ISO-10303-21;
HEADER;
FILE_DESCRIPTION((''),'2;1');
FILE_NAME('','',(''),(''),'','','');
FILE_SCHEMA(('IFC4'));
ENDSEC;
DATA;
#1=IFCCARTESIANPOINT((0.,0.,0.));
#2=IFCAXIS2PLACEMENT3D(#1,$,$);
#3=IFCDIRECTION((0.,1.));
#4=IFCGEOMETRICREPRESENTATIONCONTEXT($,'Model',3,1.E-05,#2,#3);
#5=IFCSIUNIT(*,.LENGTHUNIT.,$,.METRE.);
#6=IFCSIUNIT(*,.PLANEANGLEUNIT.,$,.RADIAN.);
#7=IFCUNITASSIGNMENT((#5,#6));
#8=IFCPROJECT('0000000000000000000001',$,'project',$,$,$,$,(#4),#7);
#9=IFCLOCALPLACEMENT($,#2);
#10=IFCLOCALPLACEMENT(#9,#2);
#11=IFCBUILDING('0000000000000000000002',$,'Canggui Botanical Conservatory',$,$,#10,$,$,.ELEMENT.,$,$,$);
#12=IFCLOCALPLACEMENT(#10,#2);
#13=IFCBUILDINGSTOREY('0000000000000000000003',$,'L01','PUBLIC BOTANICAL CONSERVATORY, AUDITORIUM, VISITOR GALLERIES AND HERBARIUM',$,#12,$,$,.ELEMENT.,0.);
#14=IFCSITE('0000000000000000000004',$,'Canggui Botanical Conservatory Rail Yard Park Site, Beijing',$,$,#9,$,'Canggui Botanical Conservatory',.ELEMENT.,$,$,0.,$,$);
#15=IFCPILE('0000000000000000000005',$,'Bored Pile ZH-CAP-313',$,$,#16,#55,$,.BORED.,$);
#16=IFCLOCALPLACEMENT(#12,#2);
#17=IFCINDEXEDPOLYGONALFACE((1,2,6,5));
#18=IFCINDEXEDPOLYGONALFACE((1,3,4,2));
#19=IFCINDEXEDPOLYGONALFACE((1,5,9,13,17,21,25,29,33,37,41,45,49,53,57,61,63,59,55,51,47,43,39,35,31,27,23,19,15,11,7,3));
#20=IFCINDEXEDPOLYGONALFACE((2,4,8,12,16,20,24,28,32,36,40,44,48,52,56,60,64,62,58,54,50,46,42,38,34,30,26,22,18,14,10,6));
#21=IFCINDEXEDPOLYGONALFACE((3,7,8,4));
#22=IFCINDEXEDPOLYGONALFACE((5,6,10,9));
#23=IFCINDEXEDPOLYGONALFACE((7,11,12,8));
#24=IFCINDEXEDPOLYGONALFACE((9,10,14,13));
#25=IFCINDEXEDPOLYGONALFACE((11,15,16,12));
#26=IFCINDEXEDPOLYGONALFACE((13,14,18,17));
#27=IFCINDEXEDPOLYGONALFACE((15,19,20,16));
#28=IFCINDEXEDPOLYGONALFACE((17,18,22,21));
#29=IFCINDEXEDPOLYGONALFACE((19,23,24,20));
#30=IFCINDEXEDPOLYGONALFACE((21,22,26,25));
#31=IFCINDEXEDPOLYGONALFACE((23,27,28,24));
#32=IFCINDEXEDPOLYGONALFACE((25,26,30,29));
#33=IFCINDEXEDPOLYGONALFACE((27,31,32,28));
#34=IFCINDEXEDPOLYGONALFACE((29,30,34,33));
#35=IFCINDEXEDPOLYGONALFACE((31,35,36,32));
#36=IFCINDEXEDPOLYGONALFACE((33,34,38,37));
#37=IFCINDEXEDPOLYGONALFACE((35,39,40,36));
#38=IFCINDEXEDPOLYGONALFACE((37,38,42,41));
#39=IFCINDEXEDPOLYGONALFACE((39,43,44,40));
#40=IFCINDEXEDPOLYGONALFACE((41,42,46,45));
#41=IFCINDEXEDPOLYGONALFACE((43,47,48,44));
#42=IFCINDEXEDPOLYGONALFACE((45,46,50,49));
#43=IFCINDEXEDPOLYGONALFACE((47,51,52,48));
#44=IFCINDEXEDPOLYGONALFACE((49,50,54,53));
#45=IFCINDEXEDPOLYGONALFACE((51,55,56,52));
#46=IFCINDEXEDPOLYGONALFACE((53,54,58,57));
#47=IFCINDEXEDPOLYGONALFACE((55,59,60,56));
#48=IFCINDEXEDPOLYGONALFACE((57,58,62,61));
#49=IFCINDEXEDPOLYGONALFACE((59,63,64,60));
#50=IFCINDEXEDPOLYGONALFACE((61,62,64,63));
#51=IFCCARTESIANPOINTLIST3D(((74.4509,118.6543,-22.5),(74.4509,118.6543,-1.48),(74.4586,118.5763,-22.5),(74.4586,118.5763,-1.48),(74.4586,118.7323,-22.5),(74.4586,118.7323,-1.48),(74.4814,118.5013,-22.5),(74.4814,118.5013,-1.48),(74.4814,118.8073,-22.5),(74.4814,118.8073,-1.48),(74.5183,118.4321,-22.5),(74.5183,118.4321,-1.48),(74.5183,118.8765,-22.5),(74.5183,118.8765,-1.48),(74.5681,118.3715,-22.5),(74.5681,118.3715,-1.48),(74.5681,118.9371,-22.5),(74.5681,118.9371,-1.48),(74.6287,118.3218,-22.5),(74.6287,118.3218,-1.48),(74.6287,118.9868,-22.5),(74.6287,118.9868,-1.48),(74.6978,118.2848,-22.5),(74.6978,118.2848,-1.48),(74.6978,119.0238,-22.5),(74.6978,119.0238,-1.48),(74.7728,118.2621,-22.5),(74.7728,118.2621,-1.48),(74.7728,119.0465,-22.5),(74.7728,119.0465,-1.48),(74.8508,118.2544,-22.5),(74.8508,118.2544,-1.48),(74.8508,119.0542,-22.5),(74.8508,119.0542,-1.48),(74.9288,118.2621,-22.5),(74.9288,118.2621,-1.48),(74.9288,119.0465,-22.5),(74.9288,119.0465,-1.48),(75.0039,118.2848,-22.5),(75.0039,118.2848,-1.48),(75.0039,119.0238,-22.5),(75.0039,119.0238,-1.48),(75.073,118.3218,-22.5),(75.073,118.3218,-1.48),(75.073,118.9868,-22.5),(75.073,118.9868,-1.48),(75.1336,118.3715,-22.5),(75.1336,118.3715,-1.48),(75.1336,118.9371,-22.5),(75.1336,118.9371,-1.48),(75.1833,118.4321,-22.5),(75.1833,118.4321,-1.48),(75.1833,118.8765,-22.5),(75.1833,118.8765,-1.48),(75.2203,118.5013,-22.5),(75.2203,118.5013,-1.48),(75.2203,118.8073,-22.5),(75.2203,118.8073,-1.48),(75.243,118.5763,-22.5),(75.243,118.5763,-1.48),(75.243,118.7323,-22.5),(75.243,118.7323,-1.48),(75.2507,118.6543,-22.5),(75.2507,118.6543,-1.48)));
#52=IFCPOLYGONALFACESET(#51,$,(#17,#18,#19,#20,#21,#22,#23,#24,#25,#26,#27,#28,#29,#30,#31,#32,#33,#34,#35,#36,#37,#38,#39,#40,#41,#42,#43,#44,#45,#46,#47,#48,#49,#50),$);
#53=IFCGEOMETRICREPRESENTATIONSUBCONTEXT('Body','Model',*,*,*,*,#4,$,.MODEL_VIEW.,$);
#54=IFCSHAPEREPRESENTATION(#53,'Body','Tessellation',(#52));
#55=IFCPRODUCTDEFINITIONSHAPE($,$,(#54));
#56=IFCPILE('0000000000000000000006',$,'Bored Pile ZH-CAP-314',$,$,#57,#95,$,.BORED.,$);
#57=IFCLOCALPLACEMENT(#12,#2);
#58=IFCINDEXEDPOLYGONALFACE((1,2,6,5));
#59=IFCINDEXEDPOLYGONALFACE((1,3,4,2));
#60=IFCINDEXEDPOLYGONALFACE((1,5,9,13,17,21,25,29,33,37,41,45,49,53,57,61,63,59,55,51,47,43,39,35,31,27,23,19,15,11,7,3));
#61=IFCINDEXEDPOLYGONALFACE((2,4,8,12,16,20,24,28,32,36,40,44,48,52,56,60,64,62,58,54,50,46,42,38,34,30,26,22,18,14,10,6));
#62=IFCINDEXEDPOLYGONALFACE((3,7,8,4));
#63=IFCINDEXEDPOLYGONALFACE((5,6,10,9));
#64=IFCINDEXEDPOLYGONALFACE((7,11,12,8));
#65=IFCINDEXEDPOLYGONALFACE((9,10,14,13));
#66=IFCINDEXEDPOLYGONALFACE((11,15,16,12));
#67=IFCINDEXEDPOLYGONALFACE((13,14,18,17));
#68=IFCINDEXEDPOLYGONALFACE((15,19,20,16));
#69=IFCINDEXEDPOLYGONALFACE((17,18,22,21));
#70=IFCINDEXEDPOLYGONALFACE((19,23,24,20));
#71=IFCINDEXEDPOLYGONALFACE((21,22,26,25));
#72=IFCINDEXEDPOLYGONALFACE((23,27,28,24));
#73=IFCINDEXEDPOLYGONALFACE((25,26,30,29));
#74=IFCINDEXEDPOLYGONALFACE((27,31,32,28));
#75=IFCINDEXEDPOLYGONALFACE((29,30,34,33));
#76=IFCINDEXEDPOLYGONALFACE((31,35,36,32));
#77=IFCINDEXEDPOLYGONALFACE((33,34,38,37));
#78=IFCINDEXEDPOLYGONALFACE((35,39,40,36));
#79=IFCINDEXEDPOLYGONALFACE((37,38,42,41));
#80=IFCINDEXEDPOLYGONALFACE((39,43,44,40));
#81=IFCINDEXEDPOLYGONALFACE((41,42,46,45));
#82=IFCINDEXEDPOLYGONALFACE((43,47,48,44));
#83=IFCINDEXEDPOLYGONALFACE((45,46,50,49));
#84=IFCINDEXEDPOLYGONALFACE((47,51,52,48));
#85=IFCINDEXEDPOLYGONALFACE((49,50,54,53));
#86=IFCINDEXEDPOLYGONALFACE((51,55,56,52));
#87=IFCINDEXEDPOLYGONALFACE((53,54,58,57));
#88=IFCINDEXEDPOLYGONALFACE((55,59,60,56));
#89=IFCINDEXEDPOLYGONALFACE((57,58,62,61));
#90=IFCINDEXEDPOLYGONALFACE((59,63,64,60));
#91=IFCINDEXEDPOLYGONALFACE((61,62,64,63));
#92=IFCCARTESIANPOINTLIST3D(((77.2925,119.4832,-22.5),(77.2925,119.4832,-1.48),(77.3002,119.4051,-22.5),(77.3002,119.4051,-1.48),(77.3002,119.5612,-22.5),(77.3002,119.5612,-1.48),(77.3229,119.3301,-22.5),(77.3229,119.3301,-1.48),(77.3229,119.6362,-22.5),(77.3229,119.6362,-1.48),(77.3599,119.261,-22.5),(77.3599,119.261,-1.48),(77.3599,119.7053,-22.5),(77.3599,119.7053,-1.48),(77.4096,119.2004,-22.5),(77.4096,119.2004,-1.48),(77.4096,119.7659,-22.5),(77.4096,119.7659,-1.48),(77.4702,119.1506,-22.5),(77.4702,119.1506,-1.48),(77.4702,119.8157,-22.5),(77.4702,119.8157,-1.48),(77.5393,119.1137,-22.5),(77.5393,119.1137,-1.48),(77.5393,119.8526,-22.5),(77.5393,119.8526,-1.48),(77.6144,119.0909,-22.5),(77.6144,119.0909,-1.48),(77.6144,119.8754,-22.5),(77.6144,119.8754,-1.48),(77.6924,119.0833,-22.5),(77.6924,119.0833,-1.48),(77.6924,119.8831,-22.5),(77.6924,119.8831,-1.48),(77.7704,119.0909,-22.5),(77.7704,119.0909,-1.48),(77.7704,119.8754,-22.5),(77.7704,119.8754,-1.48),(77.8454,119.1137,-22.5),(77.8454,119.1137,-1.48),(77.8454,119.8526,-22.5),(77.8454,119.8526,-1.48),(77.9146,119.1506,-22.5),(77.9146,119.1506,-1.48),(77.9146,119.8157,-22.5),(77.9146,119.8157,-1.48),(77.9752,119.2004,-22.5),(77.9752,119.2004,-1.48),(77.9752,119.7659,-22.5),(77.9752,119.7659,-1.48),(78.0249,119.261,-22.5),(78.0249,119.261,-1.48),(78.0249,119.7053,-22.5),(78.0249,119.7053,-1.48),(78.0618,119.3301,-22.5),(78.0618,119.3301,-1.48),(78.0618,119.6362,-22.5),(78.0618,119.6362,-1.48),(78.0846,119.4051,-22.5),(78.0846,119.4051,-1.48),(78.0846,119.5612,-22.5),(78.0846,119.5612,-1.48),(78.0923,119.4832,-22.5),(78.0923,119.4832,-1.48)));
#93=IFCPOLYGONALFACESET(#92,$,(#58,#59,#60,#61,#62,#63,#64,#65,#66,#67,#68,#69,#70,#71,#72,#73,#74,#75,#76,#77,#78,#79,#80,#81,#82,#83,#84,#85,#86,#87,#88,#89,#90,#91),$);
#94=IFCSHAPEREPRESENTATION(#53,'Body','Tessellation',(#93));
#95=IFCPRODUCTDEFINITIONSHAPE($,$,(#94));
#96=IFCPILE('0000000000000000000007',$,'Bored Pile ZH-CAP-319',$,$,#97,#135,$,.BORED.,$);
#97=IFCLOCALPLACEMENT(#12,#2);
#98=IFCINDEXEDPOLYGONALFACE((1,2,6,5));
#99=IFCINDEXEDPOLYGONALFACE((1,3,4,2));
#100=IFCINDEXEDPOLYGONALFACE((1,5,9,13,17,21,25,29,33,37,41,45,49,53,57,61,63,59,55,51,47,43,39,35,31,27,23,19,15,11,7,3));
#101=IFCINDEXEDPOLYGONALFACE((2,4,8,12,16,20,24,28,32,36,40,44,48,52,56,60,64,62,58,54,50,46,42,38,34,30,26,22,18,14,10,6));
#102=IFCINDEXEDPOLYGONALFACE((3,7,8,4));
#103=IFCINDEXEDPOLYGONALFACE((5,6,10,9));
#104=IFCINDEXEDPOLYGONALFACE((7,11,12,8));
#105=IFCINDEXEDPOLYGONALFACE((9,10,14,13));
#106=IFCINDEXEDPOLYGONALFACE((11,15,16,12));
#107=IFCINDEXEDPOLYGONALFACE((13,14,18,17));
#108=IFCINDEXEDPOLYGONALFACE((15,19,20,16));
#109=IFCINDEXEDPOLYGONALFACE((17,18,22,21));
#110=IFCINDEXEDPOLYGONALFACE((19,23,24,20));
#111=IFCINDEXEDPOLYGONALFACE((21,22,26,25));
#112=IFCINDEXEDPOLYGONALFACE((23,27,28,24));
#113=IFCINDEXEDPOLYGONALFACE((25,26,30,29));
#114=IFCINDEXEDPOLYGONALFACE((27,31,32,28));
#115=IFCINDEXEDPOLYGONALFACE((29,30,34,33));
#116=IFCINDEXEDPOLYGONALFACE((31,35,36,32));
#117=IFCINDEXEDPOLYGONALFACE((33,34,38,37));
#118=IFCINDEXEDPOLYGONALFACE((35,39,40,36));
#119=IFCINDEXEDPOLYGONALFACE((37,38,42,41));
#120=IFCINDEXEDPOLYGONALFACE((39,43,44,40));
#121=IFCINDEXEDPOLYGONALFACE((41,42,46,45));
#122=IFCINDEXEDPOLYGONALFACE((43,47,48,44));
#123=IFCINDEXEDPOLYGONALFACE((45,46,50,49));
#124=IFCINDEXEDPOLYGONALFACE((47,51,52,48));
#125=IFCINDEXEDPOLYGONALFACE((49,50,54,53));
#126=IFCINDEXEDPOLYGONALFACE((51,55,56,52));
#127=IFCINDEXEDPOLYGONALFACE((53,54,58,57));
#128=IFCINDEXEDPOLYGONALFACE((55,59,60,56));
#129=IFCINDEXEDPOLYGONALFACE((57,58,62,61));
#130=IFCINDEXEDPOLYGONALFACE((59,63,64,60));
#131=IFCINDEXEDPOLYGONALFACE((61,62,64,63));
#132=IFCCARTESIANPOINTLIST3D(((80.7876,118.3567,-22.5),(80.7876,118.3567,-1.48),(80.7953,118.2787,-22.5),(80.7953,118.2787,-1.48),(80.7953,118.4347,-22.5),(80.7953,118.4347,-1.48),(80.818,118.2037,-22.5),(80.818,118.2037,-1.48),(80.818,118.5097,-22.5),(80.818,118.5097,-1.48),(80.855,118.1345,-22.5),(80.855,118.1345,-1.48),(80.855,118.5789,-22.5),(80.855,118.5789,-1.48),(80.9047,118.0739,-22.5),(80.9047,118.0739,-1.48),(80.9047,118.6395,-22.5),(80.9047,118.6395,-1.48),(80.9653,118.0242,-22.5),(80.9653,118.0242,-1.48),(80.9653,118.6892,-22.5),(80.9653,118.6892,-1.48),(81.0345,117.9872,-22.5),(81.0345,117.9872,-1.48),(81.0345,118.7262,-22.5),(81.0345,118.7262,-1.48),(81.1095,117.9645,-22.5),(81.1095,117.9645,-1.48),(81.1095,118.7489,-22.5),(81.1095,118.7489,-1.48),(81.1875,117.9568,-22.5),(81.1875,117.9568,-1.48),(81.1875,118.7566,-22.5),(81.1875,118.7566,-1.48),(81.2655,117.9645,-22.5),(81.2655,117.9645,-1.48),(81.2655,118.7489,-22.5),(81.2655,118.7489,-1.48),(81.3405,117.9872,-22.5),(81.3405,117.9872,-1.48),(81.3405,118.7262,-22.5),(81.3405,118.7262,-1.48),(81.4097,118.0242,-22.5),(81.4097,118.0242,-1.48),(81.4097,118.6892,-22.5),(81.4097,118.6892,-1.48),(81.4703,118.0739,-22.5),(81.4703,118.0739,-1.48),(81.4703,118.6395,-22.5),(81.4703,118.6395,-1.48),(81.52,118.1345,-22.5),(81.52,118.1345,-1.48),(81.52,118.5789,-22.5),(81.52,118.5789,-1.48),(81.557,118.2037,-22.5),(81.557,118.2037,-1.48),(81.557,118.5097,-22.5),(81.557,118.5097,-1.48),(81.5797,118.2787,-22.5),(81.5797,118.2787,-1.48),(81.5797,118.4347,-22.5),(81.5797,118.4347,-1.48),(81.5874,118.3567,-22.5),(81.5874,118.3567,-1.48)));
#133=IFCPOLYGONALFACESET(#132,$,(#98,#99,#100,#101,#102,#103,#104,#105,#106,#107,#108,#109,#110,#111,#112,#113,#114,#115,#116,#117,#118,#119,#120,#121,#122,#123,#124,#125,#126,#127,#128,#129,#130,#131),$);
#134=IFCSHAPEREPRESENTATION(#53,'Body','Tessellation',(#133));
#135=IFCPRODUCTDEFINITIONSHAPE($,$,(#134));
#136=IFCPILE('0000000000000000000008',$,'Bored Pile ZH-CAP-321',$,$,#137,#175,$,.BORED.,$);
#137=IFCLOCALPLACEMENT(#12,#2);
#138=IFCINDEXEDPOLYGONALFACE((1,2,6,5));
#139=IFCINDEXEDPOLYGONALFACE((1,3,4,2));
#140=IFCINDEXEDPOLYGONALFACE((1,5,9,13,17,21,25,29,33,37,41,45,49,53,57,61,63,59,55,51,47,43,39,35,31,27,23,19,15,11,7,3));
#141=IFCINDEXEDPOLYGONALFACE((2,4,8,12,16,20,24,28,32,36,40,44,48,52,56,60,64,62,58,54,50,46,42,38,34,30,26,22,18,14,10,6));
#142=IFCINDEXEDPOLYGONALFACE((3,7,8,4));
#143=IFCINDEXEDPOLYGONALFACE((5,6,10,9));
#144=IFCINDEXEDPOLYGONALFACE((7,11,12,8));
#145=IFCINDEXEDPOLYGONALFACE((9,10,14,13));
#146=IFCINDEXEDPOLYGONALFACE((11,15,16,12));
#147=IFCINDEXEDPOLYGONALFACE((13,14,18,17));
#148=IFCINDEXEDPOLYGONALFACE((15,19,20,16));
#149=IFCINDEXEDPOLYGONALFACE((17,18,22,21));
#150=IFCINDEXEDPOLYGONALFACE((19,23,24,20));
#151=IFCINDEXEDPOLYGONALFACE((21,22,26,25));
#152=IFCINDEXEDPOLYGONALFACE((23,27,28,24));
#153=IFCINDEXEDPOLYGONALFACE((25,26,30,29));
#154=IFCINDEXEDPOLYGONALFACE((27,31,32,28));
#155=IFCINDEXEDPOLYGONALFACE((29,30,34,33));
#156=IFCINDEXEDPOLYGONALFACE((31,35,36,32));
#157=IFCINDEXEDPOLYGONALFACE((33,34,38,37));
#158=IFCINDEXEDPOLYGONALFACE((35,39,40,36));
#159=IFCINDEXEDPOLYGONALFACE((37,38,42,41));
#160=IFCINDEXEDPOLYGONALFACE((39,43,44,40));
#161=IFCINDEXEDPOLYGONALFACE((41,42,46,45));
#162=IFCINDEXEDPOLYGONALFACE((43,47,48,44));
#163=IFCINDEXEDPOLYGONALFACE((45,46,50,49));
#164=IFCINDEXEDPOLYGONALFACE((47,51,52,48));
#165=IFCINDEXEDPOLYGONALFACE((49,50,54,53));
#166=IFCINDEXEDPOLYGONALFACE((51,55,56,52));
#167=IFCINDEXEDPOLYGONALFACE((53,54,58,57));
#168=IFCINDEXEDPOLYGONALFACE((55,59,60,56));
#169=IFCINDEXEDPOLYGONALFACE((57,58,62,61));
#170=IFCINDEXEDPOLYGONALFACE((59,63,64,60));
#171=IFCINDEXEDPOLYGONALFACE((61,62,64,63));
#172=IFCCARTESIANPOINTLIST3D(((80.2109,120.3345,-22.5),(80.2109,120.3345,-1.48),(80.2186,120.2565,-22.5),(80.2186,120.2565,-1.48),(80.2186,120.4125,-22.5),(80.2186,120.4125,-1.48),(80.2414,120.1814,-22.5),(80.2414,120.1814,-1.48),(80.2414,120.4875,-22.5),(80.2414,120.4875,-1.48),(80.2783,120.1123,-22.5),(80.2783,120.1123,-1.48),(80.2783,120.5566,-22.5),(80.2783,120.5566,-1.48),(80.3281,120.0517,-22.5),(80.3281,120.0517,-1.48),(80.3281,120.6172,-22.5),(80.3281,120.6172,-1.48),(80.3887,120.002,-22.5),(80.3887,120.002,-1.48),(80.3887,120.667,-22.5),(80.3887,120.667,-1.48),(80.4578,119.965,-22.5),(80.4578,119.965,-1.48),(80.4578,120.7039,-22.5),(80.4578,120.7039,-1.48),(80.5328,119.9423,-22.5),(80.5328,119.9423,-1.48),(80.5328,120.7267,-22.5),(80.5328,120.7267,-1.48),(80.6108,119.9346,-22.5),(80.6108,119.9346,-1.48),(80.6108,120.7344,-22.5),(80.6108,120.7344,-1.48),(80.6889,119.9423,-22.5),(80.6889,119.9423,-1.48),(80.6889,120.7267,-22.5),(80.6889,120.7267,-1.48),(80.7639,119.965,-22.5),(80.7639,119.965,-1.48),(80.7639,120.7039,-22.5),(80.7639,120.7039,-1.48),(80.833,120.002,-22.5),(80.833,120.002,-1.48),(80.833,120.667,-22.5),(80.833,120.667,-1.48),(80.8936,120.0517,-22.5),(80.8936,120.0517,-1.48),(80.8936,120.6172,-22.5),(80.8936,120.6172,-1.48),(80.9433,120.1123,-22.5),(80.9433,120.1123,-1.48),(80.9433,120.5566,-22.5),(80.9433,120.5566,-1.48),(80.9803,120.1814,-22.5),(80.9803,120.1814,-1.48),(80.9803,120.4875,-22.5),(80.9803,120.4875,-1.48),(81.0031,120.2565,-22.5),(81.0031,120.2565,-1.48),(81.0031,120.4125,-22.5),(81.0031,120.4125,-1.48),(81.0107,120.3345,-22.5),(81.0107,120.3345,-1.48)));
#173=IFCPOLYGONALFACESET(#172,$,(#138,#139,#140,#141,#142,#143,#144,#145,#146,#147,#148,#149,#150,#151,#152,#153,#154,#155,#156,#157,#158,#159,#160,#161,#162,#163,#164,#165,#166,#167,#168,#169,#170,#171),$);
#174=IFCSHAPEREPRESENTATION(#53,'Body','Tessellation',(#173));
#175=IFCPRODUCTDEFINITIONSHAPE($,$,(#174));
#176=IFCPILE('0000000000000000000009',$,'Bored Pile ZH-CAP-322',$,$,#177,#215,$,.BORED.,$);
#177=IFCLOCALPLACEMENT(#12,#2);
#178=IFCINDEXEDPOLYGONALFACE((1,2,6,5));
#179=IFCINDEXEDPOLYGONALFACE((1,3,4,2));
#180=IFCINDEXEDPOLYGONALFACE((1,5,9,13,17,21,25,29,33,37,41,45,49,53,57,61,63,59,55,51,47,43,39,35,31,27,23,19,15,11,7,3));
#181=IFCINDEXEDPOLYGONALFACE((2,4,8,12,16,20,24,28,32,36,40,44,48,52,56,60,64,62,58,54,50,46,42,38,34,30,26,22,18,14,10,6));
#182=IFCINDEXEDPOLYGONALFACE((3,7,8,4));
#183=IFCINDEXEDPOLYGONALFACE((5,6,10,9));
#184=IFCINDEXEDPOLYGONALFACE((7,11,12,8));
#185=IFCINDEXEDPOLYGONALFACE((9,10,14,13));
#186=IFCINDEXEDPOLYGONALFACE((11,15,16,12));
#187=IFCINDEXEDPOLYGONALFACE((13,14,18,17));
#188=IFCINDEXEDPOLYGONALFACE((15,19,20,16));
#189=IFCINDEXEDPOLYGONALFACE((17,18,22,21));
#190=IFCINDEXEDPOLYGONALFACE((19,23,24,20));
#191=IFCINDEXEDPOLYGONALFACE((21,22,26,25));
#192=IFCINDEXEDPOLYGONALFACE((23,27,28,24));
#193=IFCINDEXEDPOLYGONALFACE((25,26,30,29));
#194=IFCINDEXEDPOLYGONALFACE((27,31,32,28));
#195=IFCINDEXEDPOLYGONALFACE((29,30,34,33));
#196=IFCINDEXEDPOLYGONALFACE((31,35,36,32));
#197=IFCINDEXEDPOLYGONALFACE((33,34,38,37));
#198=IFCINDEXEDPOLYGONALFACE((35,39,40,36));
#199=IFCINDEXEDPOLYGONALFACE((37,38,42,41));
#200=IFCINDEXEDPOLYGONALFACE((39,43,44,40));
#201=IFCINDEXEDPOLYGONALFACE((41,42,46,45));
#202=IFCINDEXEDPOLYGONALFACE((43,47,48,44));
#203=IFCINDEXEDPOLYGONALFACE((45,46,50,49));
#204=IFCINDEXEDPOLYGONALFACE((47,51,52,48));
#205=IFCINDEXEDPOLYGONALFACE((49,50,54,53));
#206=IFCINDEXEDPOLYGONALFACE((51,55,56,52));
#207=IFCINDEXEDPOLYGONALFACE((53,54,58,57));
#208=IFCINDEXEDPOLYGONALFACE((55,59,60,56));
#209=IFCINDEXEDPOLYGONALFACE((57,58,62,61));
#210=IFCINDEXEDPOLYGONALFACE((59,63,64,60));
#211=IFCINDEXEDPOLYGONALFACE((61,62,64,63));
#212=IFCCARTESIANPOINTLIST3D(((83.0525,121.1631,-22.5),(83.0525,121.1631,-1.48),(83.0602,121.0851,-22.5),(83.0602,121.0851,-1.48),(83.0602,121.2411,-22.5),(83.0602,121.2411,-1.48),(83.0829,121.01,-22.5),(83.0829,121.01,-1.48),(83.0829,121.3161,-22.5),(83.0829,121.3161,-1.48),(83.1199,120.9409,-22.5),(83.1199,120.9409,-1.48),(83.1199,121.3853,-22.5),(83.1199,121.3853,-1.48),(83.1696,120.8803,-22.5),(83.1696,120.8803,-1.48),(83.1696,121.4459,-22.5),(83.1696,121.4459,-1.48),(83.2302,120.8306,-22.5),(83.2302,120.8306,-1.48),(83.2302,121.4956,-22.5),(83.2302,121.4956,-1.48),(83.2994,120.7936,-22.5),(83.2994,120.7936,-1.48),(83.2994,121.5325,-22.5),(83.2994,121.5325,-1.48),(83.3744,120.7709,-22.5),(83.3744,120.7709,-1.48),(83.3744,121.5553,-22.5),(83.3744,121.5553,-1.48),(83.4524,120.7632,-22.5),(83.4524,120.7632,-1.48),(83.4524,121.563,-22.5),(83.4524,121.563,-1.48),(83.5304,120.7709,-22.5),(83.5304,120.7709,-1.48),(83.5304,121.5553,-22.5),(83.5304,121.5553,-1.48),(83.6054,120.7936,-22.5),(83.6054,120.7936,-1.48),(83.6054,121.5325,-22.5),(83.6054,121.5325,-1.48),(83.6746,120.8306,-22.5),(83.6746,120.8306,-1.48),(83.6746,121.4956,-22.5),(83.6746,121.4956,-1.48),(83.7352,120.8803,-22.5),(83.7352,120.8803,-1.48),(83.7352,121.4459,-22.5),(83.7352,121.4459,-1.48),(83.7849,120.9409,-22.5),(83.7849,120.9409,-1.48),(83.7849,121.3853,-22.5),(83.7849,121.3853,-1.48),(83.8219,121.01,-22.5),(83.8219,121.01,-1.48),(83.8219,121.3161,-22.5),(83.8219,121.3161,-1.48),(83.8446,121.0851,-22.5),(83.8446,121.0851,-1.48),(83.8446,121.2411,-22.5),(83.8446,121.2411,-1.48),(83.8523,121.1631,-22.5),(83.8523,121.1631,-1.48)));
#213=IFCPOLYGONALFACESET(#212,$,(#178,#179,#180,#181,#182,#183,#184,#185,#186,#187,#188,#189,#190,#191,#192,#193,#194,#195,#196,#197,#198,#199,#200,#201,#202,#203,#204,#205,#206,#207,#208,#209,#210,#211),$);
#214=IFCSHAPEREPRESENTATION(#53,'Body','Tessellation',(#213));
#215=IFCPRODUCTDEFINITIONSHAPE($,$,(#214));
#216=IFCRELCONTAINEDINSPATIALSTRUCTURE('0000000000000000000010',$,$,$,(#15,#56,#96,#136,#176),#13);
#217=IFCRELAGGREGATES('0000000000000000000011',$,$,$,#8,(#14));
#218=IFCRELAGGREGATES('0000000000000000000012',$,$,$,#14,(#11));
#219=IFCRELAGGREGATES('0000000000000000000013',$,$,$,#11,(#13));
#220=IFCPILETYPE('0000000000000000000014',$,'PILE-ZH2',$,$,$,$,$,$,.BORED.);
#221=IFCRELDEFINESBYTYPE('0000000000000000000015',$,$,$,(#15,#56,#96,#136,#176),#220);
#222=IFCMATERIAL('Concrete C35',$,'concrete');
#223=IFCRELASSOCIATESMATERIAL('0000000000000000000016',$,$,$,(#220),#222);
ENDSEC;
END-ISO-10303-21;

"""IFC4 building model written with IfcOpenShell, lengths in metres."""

from ifc_helpers import new_model, si_unit, direction, frame, origin, origin_2d, place, context, subcontext, project, spatial, circle, extrude, material, material_profile, profile_set, type_object, element, save


model = new_model("IFC4")

# Units and contexts
model_context = context("Model", 3, precision=1e-05, world=origin(), true_north=direction((0.0, 1.0)))
body_context = subcontext(model_context, "Body", "Model", "MODEL_VIEW")
ifc_project = project(units=[si_unit("LENGTHUNIT", "METRE"), si_unit("PLANEANGLEUNIT", "RADIAN")], contexts=[model_context])

# Site, building, storey
site_placement = place(None, origin())
site = spatial("IfcSite", under=ifc_project, at=site_placement, Name="Canggui Botanical Conservatory Rail Yard Park Site, Beijing", LongName="Canggui Botanical Conservatory", CompositionType="ELEMENT", RefElevation=0.0)
building_placement = place(site_placement, origin())
building = spatial("IfcBuilding", under=site, at=building_placement, Name="Canggui Botanical Conservatory", CompositionType="ELEMENT")
storey_placement = place(building_placement, origin())
storey = spatial("IfcBuildingStorey", under=building, at=storey_placement, Name="L01", Description="PUBLIC BOTANICAL CONSERVATORY, AUDITORIUM, VISITOR GALLERIES AND HERBARIUM", CompositionType="ELEMENT", Elevation=0.0)

# Shared definitions
ifc_material_1 = material(Name="Concrete C35", Category="concrete")

# Piles
ifc_material_profile_1 = material_profile(ifc_material_1, circle(Radius=0.3999, at=origin_2d()), Name="PILE D800")
ifc_profile_set_1 = profile_set([ifc_material_profile_1], Name="Concrete C35")
pile_type = type_object("IfcPileType", Name="PILE-ZH2", PredefinedType="BORED", material=ifc_profile_set_1)
for number, where, z_axis, x_axis, name in (
    (1, (74.8508, 118.6543, -1.48), (0.0, 0.0, -1.0), (1.0, 0.0, 0.0), "Bored Pile ZH-CAP-313"),
    (2, (77.6924, 119.4832, -1.48), (0.0, 0.0, -1.0), (1.0, 0.0, 0.0), "Bored Pile ZH-CAP-314"),
    (3, (81.1875, 118.3567, -1.48), (0.0, 0.0, -1.0), (1.0, 0.0, 0.0), "Bored Pile ZH-CAP-319"),
    (4, (80.6108, 120.3345, -1.48), (0.0, 0.0, -1.0), (1.0, 0.0, 0.0), "Bored Pile ZH-CAP-321"),
    (5, (83.4524, 121.1631, -1.48), (0.0, 0.0, -1.0), (1.0, 0.0, 0.0), "Bored Pile ZH-CAP-322"),
):
    element("IfcPile", number, at=place(storey_placement, frame(where, z_axis=z_axis, x_axis=x_axis)), inside=storey, type_object=pile_type, Name=name, PredefinedType="BORED", context=body_context, shape_type="SweptSolid", body=[
        extrude(circle(Radius=0.3999, at=origin_2d()), origin(), (0.0, 0.0, 1.0), 21.02),
    ])

save(model, "model.ifc")
